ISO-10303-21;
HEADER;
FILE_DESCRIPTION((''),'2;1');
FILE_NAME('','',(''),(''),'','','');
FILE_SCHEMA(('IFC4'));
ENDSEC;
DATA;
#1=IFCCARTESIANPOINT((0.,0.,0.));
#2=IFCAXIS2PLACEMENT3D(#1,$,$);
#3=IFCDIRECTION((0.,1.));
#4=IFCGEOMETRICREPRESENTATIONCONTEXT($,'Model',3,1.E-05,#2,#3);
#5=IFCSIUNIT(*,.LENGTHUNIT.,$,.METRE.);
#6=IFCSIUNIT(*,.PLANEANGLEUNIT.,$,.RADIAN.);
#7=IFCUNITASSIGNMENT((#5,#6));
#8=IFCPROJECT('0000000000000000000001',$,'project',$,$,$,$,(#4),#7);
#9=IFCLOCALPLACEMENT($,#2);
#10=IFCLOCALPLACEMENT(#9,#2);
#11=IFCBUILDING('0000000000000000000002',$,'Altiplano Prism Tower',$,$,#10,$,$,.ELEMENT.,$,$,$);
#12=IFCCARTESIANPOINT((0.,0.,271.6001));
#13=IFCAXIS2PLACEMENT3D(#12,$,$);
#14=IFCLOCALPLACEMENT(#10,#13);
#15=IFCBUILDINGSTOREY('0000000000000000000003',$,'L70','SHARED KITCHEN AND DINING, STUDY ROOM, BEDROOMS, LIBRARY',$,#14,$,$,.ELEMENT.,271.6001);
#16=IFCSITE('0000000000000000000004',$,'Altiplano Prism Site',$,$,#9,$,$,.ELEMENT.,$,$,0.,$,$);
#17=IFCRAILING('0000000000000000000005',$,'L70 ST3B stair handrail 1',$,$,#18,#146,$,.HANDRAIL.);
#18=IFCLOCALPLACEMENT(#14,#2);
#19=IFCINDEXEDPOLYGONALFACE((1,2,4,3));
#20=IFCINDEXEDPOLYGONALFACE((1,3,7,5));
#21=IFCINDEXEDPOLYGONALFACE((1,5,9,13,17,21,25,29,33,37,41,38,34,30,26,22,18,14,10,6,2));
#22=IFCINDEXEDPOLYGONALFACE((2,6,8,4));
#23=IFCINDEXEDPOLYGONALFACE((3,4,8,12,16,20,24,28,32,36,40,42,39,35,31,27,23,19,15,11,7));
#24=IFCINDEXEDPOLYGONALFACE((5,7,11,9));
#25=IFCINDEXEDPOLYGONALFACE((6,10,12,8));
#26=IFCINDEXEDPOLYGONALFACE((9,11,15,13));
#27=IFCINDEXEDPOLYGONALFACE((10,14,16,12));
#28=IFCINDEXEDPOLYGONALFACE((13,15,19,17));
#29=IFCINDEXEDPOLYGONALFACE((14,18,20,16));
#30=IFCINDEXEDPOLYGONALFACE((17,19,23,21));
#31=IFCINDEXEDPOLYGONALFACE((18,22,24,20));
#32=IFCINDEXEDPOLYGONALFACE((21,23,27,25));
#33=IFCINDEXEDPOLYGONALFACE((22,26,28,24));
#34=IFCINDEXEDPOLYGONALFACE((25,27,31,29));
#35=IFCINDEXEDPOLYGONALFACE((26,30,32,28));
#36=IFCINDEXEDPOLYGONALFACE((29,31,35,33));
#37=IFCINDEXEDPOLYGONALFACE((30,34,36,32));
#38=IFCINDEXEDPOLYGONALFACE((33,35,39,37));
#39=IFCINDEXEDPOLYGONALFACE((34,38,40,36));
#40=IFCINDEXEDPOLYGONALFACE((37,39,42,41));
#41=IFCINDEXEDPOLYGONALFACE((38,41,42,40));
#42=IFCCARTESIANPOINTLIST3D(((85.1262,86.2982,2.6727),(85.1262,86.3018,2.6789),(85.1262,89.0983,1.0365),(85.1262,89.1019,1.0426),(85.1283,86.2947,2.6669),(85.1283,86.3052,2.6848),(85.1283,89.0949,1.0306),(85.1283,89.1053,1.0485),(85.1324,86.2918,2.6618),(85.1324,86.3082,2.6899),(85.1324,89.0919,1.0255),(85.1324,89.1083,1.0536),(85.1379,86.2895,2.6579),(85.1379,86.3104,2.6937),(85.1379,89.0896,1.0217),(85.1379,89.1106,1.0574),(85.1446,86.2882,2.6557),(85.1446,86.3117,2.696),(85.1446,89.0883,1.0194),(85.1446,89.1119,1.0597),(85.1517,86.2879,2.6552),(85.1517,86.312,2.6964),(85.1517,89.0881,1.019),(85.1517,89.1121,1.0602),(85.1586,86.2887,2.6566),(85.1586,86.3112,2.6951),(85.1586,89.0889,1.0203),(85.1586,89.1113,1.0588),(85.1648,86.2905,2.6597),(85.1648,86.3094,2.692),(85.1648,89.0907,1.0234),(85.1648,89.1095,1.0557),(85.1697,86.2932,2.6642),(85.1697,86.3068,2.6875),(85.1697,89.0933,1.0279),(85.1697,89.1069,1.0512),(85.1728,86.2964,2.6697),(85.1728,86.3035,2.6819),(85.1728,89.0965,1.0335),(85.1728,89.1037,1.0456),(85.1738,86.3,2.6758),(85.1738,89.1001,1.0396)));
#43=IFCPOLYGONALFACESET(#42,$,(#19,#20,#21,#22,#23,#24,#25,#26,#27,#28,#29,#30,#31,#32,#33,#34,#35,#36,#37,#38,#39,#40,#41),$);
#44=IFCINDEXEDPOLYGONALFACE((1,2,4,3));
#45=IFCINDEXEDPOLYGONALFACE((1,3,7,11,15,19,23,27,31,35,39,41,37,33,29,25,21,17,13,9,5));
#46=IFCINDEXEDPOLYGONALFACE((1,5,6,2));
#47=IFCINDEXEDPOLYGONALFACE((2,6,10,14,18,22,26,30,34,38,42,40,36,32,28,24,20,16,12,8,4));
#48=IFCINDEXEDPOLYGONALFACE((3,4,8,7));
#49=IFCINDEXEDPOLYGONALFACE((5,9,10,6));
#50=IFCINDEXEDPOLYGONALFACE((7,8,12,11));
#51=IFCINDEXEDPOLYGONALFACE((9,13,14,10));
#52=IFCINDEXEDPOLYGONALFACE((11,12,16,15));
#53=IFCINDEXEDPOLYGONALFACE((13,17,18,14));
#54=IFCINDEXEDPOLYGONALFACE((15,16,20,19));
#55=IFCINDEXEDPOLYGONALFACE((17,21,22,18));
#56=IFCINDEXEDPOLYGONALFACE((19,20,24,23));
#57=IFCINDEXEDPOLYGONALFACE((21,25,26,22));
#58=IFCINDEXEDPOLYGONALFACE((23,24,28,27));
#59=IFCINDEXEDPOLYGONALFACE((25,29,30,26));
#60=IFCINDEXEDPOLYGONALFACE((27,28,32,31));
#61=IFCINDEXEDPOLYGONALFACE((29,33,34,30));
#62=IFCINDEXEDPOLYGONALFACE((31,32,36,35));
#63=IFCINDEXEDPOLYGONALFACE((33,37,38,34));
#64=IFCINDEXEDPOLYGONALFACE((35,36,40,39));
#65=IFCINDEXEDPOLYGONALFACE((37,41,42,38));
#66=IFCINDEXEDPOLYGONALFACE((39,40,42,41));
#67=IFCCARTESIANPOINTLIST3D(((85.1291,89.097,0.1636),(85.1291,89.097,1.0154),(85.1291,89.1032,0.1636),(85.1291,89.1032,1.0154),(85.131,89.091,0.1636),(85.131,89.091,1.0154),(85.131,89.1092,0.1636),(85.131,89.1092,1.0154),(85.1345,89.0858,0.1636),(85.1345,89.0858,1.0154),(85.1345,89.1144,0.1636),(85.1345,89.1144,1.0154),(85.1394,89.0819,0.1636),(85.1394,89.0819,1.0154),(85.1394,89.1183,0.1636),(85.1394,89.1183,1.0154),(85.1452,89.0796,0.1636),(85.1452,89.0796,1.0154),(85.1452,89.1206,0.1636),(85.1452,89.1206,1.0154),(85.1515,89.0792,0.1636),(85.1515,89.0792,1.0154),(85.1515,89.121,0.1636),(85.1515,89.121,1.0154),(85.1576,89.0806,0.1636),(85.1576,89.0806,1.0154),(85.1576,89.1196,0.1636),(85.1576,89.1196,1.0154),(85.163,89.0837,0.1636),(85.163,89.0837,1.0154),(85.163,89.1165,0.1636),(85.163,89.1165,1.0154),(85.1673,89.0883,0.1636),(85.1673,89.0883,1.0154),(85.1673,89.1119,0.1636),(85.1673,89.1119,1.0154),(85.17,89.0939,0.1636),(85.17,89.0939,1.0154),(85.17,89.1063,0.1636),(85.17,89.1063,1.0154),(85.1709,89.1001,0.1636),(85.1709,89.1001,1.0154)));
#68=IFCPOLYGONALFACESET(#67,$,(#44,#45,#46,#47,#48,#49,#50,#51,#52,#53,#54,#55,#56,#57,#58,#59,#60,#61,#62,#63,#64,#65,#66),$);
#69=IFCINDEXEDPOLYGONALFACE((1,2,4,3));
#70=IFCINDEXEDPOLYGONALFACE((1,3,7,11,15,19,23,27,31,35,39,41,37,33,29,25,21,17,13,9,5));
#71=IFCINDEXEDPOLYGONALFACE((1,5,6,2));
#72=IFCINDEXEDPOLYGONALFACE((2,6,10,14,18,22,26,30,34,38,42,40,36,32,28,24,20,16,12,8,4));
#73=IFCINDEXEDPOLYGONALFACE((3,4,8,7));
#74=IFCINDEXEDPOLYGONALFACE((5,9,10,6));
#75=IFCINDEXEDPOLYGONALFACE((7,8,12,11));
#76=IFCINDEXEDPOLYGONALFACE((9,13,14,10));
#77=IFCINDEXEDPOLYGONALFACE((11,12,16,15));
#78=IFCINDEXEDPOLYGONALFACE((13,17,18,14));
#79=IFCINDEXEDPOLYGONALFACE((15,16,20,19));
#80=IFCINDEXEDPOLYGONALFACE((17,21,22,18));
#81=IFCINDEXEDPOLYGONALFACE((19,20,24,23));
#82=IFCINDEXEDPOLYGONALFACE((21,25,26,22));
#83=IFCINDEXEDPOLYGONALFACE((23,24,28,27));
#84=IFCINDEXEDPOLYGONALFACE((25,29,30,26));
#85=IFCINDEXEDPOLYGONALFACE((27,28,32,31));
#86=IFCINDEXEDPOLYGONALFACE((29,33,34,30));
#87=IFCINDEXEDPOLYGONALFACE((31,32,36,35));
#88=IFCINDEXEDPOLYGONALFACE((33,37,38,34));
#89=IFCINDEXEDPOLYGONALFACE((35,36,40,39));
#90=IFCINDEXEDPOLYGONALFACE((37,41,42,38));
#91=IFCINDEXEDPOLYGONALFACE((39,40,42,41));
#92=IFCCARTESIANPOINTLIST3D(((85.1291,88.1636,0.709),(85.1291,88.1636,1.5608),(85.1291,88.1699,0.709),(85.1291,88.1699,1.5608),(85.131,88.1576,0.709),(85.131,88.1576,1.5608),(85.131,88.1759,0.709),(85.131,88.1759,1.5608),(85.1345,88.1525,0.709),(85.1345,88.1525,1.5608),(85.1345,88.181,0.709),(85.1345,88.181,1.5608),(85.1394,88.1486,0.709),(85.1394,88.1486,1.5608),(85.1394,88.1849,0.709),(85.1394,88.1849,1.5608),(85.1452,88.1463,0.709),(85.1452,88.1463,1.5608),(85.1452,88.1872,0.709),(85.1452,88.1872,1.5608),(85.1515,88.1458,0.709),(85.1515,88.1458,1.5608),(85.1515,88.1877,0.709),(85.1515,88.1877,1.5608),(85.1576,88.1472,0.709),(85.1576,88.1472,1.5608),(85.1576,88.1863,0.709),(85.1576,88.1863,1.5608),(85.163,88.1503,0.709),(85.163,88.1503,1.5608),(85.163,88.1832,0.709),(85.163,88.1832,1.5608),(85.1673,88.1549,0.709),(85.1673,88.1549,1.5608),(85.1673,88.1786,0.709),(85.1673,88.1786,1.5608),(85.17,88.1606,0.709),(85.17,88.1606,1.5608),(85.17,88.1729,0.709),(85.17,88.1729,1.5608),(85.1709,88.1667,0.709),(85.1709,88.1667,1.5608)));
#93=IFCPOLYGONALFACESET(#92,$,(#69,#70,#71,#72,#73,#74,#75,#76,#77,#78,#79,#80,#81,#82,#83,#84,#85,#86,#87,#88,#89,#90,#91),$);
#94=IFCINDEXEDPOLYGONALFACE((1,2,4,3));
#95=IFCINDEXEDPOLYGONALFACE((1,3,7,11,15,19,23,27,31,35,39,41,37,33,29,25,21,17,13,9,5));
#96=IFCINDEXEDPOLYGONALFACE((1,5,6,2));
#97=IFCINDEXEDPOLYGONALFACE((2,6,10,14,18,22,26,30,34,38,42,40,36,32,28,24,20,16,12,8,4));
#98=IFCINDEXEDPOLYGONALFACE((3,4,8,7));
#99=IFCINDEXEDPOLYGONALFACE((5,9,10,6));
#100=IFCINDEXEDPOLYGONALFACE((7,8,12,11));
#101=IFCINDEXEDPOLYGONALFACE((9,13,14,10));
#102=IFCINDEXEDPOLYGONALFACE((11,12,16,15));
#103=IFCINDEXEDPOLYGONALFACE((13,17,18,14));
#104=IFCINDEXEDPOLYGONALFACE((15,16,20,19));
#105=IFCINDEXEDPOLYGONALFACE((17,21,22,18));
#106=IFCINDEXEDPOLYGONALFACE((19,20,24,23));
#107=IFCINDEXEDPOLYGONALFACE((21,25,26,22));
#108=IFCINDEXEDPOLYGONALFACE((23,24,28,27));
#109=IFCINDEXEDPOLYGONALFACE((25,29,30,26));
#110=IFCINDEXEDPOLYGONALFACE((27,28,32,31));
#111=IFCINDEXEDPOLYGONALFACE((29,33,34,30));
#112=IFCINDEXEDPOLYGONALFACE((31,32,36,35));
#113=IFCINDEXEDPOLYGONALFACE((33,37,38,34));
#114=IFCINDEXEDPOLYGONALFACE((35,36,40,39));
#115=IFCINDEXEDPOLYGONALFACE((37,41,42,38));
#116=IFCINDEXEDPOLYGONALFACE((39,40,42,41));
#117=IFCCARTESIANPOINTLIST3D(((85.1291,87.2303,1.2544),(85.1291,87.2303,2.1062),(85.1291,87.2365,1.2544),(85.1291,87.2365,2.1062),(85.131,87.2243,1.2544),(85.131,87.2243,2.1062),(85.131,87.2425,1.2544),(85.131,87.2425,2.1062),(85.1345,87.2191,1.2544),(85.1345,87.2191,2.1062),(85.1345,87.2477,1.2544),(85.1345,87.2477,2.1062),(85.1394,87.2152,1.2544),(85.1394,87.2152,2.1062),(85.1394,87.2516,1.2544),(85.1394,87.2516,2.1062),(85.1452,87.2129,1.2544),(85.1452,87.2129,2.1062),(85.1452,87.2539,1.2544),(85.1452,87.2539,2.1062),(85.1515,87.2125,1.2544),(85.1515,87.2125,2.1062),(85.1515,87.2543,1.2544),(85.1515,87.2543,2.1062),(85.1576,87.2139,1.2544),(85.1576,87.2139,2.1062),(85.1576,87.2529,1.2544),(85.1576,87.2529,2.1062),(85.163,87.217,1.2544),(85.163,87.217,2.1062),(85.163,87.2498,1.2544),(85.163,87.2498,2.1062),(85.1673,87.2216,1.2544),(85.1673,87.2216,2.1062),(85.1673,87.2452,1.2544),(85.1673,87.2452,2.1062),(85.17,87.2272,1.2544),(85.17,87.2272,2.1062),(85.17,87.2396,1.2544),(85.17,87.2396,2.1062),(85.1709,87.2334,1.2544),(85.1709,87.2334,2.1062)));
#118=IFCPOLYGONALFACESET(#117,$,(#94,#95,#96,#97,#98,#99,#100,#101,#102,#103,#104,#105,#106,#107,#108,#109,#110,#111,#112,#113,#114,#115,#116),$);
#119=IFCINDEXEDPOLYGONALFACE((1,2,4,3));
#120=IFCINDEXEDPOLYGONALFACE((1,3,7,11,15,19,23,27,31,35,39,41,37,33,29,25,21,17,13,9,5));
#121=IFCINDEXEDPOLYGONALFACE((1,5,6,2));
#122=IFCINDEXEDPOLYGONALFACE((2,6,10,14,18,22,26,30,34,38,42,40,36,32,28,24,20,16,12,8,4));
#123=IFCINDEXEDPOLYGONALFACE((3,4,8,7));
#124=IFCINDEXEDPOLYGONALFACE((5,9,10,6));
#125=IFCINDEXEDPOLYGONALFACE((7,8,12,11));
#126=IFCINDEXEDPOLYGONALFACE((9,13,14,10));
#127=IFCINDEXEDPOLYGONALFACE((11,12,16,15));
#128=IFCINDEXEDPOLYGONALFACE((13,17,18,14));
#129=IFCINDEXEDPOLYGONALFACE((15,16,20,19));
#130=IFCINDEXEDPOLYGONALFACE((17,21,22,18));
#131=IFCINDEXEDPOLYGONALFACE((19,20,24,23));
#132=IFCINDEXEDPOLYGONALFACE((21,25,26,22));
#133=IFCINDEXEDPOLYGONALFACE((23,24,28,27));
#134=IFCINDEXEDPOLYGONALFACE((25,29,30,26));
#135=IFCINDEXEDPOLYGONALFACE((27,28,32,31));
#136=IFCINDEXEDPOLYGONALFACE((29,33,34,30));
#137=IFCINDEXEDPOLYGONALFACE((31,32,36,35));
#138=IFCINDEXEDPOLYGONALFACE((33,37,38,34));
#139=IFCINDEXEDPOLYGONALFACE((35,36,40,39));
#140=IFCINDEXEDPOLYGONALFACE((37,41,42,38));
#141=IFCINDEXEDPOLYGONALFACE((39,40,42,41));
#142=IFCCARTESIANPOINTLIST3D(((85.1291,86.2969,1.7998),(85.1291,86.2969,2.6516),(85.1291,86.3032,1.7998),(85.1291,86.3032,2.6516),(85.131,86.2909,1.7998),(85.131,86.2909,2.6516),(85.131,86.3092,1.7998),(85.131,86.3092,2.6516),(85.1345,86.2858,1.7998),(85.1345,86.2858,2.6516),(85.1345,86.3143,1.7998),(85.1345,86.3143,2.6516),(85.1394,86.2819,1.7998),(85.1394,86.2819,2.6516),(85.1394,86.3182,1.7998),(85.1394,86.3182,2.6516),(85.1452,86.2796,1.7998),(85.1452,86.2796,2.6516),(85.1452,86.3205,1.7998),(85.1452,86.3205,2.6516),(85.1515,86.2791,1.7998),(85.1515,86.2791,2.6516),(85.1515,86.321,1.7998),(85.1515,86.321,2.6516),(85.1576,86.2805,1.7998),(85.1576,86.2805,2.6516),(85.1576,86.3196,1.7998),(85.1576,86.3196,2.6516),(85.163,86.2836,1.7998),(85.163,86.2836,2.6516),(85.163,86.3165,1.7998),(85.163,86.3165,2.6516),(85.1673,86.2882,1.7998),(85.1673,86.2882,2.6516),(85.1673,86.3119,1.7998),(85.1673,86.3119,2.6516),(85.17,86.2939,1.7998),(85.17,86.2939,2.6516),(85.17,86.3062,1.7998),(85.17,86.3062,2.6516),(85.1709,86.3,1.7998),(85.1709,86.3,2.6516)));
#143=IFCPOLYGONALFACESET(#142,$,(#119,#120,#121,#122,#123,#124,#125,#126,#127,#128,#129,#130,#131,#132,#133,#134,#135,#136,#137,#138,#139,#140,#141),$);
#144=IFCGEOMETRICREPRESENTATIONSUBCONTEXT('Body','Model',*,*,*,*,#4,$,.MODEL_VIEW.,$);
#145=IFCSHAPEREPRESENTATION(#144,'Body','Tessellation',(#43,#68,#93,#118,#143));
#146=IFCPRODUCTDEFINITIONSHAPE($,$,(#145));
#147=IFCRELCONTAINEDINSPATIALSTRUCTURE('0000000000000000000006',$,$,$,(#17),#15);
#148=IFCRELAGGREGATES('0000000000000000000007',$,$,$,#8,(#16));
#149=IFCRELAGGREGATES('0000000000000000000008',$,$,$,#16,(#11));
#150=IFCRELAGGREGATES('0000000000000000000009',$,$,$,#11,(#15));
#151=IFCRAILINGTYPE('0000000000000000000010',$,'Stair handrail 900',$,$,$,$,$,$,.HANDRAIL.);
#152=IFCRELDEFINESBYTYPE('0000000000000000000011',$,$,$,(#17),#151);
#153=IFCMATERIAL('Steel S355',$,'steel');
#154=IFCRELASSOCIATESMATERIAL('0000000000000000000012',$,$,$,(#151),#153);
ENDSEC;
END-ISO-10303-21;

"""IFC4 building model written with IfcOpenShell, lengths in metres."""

from ifc_helpers import new_model, si_unit, direction, frame, origin, origin_2d, place, context, subcontext, project, spatial, circle, extrude, material, type_object, element, save


model = new_model("IFC4")

# Units and contexts
model_context = context("Model", 3, precision=1e-05, world=origin(), true_north=direction((0.0, 1.0)))
body_context = subcontext(model_context, "Body", "Model", "MODEL_VIEW")
ifc_project = project(units=[si_unit("LENGTHUNIT", "METRE"), si_unit("PLANEANGLEUNIT", "RADIAN")], contexts=[model_context])

# Site, building, storey
site_placement = place(None, origin())
site = spatial("IfcSite", under=ifc_project, at=site_placement, Name="Altiplano Prism Site", CompositionType="ELEMENT", RefElevation=0.0)
building_placement = place(site_placement, origin())
building = spatial("IfcBuilding", under=site, at=building_placement, Name="Altiplano Prism Tower", CompositionType="ELEMENT")
storey_placement = place(building_placement, frame((0.0, 0.0, 271.6001)))
storey = spatial("IfcBuildingStorey", under=building, at=storey_placement, Name="L70", Description="SHARED KITCHEN AND DINING, STUDY ROOM, BEDROOMS, LIBRARY", CompositionType="ELEMENT", Elevation=271.6001)

# Railing
ifc_material_1 = material(Name="Steel S355", Category="steel")
railing_type_1 = type_object("IfcRailingType", Name="Stair handrail 900", PredefinedType="HANDRAIL", material=ifc_material_1)
railing_1_placement = place(storey_placement, frame((85.1499, 89.1001, 0.1636)))
element("IfcRailing", 1, at=railing_1_placement, inside=storey, type_object=railing_type_1, Name="L70 ST3B stair handrail 1", PredefinedType="HANDRAIL", context=body_context, shape_type="SweptSolid", body=[
    extrude(circle(Radius=0.0239, at=origin_2d()), frame((0.0, 0.0, 0.876), z_axis=(0.0, -0.863394, 0.504531), x_axis=(1.0, 0.0, 0.0)), (0.0, 0.0, 1.0), 3.2432),
    extrude(circle(Radius=0.021, at=origin_2d()), origin(), (0.0, 0.0, 1.0), 0.8518),
    extrude(circle(Radius=0.021, at=origin_2d()), frame((0.0, -0.9333, 0.5454)), (0.0, 0.0, 1.0), 0.8518),
    extrude(circle(Radius=0.021, at=origin_2d()), frame((0.0, -1.8667, 1.0908)), (0.0, 0.0, 1.0), 0.8518),
    extrude(circle(Radius=0.021, at=origin_2d()), frame((0.0, -2.8, 1.6362)), (0.0, 0.0, 1.0), 0.8518),
])

save(model, "model.ifc")
